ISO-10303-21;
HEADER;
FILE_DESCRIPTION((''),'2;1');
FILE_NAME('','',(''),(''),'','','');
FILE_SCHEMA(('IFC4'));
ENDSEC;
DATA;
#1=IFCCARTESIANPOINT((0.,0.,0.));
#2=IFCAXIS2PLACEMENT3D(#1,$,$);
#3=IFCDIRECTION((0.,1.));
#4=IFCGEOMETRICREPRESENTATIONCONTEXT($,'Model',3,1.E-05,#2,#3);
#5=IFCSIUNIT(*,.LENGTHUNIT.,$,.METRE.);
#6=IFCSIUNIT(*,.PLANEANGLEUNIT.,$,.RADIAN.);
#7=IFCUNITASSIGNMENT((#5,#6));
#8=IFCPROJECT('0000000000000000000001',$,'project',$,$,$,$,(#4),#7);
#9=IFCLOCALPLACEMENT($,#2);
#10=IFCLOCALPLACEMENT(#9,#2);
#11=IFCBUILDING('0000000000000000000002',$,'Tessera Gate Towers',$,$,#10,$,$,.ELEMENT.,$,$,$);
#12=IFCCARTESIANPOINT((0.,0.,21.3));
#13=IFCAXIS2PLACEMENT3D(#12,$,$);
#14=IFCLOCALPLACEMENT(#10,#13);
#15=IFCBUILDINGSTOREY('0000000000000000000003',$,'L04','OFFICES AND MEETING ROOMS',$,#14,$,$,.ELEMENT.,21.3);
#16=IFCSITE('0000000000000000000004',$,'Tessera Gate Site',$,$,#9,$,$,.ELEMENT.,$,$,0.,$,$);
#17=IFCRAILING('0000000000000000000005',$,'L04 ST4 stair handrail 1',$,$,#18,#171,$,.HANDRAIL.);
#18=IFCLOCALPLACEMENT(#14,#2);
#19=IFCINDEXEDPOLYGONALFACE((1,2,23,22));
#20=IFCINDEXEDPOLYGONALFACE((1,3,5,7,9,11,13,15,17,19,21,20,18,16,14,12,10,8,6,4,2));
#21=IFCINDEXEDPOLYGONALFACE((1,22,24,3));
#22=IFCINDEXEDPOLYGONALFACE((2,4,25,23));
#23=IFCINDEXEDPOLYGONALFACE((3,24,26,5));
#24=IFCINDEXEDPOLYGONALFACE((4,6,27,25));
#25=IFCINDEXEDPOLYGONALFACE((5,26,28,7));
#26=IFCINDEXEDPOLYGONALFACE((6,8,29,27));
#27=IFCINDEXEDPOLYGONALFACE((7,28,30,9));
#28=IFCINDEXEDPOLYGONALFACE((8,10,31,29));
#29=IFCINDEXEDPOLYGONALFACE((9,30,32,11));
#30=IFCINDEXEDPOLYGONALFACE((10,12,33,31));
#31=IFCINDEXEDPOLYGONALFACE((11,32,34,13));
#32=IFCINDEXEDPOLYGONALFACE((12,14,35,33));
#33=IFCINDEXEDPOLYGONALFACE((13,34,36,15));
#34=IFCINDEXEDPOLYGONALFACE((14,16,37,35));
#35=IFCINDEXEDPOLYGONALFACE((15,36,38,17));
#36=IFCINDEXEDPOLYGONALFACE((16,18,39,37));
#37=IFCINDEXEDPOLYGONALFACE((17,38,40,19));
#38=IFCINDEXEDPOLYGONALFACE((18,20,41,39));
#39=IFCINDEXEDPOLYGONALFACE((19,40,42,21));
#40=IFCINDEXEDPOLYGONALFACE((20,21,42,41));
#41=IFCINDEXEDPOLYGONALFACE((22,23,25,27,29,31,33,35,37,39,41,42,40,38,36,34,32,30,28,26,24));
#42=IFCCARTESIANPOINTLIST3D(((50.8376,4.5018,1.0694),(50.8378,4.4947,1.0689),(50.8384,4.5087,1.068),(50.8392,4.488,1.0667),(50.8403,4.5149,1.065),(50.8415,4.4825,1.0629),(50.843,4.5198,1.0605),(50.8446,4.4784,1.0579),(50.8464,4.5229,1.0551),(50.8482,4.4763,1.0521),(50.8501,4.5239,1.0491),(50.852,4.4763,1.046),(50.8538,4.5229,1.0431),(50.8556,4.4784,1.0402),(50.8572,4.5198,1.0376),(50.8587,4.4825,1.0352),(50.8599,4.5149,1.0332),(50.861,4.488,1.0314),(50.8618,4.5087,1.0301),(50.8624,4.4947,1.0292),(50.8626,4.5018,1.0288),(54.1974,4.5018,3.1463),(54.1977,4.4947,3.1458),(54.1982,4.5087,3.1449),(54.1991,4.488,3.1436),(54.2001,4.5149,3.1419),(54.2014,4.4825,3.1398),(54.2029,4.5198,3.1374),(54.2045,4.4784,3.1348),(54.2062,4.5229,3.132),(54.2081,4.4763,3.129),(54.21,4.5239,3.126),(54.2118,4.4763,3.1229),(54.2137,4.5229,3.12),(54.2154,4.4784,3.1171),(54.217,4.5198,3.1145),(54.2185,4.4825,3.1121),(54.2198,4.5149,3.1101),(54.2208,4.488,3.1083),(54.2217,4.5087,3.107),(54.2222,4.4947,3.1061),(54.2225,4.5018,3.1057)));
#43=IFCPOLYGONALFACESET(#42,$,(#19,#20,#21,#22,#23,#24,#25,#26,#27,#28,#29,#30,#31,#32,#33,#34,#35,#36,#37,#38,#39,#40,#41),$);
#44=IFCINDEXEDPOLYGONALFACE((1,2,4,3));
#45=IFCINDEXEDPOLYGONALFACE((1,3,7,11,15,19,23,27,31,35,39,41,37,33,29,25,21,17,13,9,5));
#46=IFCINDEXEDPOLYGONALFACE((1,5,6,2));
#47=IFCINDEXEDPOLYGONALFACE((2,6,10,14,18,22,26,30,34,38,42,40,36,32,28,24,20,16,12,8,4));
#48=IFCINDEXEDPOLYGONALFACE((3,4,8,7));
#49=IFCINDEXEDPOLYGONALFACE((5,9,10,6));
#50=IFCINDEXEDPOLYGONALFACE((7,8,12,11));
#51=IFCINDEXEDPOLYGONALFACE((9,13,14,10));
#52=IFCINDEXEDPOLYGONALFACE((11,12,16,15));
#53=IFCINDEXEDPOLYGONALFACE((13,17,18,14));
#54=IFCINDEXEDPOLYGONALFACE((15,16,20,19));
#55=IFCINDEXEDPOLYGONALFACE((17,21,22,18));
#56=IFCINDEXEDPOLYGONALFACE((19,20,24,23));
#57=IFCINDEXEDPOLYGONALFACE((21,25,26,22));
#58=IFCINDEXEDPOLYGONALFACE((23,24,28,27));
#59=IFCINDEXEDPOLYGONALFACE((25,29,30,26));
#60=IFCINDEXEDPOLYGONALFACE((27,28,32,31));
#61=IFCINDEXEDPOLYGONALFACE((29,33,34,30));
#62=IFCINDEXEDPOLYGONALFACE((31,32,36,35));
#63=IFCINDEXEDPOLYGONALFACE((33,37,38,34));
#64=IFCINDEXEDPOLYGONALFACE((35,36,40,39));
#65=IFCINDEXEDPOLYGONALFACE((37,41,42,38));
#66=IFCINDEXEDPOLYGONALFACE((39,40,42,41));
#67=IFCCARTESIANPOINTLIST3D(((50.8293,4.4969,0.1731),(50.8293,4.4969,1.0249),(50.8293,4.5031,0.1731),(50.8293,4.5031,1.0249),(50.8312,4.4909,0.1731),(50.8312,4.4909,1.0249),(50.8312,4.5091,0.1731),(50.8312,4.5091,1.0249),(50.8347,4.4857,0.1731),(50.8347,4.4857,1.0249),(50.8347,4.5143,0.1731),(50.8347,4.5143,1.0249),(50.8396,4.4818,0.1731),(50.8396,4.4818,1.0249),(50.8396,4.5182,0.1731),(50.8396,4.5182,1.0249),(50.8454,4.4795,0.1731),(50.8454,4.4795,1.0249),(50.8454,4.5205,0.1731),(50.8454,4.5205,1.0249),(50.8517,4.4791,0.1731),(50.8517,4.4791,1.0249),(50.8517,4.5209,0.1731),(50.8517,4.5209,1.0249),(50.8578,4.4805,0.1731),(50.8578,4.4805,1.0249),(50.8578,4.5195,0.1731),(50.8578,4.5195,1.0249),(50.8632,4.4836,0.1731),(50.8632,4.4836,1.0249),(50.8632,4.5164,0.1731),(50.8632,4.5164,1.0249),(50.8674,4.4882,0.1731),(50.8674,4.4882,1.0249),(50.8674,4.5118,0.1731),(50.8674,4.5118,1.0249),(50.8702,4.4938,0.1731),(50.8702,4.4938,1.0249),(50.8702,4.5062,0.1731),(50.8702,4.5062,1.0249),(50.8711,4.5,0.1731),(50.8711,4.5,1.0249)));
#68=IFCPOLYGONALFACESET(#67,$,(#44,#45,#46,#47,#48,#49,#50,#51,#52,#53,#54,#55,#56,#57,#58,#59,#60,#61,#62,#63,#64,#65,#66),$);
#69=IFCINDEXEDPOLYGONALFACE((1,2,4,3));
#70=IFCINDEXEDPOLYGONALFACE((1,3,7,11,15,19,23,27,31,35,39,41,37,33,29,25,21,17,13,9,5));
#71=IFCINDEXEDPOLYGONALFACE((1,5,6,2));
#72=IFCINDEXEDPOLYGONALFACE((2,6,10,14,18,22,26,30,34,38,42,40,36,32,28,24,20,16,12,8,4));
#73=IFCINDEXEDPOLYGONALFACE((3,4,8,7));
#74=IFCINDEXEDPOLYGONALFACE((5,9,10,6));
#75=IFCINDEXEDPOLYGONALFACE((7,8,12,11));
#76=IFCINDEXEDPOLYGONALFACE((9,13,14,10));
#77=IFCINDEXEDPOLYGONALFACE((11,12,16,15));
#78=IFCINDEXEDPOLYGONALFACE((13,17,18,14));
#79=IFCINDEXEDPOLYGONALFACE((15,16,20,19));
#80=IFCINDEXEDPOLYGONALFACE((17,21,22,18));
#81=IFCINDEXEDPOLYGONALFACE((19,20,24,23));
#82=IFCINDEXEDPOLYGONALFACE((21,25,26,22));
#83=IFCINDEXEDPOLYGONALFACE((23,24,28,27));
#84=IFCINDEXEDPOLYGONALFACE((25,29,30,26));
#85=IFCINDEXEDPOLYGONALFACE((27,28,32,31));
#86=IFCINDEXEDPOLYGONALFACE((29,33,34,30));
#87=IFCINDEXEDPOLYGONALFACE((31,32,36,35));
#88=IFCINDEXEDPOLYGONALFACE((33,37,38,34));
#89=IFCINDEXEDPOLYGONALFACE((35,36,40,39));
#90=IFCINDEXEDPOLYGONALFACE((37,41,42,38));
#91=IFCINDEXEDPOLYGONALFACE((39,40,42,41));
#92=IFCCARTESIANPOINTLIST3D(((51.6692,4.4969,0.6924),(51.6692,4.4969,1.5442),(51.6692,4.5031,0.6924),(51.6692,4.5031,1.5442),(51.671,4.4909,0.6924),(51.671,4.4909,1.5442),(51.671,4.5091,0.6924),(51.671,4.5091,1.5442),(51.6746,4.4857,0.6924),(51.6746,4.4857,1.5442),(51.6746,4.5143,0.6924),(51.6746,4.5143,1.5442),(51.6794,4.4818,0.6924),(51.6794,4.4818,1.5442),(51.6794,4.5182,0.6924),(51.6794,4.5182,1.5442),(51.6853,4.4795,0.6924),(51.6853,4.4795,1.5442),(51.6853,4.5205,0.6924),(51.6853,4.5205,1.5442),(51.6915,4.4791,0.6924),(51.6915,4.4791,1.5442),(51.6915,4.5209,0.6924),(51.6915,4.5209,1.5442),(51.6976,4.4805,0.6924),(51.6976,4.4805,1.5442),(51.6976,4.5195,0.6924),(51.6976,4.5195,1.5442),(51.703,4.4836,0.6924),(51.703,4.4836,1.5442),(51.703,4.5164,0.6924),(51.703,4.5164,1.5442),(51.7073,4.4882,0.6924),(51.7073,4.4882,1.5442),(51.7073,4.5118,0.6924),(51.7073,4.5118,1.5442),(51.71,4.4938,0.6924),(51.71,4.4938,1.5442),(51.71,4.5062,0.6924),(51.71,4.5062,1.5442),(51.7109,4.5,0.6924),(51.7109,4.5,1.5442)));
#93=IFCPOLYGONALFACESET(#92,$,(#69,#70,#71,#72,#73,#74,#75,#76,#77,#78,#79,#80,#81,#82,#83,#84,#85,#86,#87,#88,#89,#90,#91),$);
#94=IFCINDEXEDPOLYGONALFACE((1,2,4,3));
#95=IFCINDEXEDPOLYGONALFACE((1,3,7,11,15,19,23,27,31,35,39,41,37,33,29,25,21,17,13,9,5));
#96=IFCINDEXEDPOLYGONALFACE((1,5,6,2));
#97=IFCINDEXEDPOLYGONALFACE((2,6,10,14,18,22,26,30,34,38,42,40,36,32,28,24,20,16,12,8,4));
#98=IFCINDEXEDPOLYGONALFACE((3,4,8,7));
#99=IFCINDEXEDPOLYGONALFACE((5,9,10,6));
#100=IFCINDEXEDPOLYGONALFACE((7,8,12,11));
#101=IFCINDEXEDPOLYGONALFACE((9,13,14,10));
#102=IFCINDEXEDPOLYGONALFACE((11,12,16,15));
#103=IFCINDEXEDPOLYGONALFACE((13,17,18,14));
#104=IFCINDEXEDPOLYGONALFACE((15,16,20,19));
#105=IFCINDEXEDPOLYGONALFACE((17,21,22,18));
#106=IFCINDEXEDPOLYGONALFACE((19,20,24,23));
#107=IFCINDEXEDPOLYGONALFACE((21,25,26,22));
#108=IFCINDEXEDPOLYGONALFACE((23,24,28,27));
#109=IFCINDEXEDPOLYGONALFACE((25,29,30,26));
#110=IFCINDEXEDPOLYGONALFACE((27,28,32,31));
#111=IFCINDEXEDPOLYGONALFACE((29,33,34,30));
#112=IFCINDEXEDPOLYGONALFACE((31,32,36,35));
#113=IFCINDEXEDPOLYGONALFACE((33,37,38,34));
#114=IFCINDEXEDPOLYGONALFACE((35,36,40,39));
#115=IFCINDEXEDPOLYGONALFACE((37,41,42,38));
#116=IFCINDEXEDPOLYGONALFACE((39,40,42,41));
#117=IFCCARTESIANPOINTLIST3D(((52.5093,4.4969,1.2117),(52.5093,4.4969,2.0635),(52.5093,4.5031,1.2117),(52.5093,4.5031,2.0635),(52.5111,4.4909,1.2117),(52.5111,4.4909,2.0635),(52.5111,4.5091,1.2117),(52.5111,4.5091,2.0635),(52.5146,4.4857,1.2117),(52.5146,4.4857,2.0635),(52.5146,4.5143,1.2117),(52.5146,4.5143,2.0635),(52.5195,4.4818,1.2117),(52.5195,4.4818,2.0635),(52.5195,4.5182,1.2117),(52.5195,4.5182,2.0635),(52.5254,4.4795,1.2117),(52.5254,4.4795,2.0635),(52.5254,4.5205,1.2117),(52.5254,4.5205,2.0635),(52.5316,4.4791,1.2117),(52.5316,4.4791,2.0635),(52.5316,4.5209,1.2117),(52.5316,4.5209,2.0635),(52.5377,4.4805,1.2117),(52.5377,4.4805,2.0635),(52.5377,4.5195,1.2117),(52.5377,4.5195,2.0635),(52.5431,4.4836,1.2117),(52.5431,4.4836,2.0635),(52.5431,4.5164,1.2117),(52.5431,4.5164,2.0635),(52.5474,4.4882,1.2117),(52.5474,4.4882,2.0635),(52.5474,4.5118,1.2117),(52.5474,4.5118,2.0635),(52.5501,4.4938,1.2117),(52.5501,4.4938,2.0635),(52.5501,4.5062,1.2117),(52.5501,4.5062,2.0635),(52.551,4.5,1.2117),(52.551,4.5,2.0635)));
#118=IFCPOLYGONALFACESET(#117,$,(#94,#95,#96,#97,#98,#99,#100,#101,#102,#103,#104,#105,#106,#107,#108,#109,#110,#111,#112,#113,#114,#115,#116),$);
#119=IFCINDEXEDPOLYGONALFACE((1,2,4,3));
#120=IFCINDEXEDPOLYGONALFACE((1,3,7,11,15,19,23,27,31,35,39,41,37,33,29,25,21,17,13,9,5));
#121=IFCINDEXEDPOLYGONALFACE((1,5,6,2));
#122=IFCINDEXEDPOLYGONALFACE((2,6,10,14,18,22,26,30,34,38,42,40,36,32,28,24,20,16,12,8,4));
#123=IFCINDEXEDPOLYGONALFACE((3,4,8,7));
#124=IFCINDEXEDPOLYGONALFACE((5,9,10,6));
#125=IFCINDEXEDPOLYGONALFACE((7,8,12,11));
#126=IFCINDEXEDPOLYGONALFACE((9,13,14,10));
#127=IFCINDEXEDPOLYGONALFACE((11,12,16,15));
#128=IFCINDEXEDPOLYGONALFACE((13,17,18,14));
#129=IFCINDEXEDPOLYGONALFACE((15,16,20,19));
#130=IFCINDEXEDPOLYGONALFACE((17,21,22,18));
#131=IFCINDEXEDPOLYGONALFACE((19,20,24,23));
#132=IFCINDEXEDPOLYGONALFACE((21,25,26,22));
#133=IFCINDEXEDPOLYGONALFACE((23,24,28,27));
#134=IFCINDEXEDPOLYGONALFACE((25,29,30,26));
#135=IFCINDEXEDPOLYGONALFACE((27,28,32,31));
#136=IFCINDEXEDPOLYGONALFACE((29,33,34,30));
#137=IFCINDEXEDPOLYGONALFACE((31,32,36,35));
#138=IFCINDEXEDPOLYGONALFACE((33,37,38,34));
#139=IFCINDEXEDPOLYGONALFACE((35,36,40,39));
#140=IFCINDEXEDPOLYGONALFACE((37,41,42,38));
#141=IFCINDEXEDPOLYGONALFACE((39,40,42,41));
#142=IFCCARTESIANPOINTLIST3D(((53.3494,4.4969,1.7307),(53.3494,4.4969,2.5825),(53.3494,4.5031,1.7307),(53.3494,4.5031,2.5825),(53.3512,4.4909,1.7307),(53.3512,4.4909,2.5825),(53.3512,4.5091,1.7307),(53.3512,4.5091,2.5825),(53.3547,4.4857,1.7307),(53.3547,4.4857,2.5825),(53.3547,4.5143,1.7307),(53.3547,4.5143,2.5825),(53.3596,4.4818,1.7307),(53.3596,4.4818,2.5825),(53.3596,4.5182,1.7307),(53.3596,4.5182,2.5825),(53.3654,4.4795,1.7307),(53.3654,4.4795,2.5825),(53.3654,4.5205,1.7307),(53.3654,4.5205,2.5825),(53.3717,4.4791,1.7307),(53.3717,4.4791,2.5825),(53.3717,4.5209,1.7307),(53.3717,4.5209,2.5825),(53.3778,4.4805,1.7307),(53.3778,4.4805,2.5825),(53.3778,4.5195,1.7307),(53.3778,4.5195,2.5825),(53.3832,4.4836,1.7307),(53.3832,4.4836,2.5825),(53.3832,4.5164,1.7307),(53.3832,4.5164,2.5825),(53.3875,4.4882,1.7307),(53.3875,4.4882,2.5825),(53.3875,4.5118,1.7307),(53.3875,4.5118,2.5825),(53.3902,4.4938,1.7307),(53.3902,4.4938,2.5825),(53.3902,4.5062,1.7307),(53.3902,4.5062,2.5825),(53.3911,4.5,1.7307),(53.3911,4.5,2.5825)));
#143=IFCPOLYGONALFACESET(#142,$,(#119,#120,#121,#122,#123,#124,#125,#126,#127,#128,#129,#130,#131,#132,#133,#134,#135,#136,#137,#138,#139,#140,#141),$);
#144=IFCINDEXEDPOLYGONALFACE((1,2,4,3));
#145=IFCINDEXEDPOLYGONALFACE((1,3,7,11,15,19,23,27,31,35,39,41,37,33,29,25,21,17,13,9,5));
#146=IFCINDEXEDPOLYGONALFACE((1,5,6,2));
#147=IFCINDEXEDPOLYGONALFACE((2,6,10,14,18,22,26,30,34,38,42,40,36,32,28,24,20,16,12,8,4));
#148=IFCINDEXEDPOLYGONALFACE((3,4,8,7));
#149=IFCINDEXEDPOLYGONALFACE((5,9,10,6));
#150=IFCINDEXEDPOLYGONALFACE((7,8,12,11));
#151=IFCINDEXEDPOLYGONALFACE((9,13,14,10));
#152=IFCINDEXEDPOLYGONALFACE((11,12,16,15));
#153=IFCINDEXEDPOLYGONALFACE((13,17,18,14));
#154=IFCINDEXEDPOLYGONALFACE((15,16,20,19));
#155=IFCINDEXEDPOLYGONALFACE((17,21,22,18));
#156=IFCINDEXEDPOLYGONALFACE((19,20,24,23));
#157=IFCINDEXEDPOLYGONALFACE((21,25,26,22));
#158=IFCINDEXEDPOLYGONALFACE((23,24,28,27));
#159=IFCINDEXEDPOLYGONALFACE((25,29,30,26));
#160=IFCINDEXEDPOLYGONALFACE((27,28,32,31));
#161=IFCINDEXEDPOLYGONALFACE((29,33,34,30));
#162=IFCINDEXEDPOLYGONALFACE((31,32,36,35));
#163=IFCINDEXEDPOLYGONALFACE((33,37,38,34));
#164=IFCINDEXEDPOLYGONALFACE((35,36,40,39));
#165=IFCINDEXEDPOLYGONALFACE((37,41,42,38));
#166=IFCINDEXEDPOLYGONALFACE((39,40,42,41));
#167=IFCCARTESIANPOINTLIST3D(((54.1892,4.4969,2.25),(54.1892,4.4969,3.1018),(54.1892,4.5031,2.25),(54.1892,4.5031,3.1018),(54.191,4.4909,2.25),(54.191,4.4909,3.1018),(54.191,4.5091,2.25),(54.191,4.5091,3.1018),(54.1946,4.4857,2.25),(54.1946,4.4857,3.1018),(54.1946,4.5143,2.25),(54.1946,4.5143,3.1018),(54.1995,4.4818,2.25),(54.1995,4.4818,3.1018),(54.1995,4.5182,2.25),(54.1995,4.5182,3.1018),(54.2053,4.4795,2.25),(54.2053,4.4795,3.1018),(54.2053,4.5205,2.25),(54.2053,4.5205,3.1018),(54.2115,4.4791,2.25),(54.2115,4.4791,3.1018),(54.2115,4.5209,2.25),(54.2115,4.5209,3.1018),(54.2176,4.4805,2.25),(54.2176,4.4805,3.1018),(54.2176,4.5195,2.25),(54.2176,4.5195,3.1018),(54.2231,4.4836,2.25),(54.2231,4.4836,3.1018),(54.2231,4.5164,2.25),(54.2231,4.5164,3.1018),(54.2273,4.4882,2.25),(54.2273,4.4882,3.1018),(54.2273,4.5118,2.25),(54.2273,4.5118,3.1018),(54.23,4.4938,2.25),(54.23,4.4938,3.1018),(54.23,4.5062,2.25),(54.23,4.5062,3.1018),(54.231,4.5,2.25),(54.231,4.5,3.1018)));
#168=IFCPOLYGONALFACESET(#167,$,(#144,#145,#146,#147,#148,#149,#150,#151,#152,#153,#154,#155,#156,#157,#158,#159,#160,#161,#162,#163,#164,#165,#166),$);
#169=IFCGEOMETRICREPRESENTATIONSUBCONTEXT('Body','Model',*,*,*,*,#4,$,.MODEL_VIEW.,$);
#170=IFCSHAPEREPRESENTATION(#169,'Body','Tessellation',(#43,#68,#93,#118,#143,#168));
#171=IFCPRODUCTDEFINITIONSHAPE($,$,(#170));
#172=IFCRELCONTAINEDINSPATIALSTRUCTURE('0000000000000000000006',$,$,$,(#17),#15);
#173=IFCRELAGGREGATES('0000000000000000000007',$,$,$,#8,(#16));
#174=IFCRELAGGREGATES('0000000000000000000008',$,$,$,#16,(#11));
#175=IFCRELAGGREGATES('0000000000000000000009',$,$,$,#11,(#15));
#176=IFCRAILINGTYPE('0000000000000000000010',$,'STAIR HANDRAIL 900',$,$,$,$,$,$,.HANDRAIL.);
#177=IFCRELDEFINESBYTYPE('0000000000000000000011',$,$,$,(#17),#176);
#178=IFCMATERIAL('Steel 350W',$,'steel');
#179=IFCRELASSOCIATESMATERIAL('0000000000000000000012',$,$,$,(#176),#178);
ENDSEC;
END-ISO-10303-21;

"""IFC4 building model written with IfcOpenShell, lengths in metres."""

from ifc_helpers import new_model, si_unit, direction, frame, origin, origin_2d, place, context, subcontext, project, spatial, circle, extrude, material, type_object, element, save


model = new_model("IFC4")

# Units and contexts
model_context = context("Model", 3, precision=1e-05, world=origin(), true_north=direction((0.0, 1.0)))
body_context = subcontext(model_context, "Body", "Model", "MODEL_VIEW")
ifc_project = project(units=[si_unit("LENGTHUNIT", "METRE"), si_unit("PLANEANGLEUNIT", "RADIAN")], contexts=[model_context])

# Site, building, storey
site_placement = place(None, origin())
site = spatial("IfcSite", under=ifc_project, at=site_placement, Name="Tessera Gate Site", CompositionType="ELEMENT", RefElevation=0.0)
building_placement = place(site_placement, origin())
building = spatial("IfcBuilding", under=site, at=building_placement, Name="Tessera Gate Towers", CompositionType="ELEMENT")
storey_placement = place(building_placement, frame((0.0, 0.0, 21.3)))
storey = spatial("IfcBuildingStorey", under=building, at=storey_placement, Name="L04", Description="OFFICES AND MEETING ROOMS", CompositionType="ELEMENT", Elevation=21.3)

# Railing
ifc_material_1 = material(Name="Steel 350W", Category="steel")
railing_type_1 = type_object("IfcRailingType", Name="STAIR HANDRAIL 900", PredefinedType="HANDRAIL", material=ifc_material_1)
railing_1_placement = place(storey_placement, frame((50.8501, 4.5, 0.1731)))
element("IfcRailing", 1, at=railing_1_placement, inside=storey, type_object=railing_type_1, Name="L04 ST4 stair handrail 1", PredefinedType="HANDRAIL", context=body_context, shape_type="SweptSolid", body=[
    extrude(circle(Radius=0.0239, at=origin_2d()), frame((0.0, 0.0, 0.876), z_axis=(0.850606, 0.0, 0.525803), x_axis=(0.0, 1.0, 0.0)), (0.0, 0.0, 1.0), 3.95),
    extrude(circle(Radius=0.021, at=origin_2d()), origin(), (0.0, 0.0, 1.0), 0.8518),
    extrude(circle(Radius=0.021, at=origin_2d()), frame((0.8398, 0.0, 0.5193)), (0.0, 0.0, 1.0), 0.8518),
    extrude(circle(Radius=0.021, at=origin_2d()), frame((1.6799, 0.0, 1.0386)), (0.0, 0.0, 1.0), 0.8518),
    extrude(circle(Radius=0.021, at=origin_2d()), frame((2.52, 0.0, 1.5576)), (0.0, 0.0, 1.0), 0.8518),
    extrude(circle(Radius=0.021, at=origin_2d()), frame((3.3599, 0.0, 2.0769)), (0.0, 0.0, 1.0), 0.8518),
])

save(model, "model.ifc")
